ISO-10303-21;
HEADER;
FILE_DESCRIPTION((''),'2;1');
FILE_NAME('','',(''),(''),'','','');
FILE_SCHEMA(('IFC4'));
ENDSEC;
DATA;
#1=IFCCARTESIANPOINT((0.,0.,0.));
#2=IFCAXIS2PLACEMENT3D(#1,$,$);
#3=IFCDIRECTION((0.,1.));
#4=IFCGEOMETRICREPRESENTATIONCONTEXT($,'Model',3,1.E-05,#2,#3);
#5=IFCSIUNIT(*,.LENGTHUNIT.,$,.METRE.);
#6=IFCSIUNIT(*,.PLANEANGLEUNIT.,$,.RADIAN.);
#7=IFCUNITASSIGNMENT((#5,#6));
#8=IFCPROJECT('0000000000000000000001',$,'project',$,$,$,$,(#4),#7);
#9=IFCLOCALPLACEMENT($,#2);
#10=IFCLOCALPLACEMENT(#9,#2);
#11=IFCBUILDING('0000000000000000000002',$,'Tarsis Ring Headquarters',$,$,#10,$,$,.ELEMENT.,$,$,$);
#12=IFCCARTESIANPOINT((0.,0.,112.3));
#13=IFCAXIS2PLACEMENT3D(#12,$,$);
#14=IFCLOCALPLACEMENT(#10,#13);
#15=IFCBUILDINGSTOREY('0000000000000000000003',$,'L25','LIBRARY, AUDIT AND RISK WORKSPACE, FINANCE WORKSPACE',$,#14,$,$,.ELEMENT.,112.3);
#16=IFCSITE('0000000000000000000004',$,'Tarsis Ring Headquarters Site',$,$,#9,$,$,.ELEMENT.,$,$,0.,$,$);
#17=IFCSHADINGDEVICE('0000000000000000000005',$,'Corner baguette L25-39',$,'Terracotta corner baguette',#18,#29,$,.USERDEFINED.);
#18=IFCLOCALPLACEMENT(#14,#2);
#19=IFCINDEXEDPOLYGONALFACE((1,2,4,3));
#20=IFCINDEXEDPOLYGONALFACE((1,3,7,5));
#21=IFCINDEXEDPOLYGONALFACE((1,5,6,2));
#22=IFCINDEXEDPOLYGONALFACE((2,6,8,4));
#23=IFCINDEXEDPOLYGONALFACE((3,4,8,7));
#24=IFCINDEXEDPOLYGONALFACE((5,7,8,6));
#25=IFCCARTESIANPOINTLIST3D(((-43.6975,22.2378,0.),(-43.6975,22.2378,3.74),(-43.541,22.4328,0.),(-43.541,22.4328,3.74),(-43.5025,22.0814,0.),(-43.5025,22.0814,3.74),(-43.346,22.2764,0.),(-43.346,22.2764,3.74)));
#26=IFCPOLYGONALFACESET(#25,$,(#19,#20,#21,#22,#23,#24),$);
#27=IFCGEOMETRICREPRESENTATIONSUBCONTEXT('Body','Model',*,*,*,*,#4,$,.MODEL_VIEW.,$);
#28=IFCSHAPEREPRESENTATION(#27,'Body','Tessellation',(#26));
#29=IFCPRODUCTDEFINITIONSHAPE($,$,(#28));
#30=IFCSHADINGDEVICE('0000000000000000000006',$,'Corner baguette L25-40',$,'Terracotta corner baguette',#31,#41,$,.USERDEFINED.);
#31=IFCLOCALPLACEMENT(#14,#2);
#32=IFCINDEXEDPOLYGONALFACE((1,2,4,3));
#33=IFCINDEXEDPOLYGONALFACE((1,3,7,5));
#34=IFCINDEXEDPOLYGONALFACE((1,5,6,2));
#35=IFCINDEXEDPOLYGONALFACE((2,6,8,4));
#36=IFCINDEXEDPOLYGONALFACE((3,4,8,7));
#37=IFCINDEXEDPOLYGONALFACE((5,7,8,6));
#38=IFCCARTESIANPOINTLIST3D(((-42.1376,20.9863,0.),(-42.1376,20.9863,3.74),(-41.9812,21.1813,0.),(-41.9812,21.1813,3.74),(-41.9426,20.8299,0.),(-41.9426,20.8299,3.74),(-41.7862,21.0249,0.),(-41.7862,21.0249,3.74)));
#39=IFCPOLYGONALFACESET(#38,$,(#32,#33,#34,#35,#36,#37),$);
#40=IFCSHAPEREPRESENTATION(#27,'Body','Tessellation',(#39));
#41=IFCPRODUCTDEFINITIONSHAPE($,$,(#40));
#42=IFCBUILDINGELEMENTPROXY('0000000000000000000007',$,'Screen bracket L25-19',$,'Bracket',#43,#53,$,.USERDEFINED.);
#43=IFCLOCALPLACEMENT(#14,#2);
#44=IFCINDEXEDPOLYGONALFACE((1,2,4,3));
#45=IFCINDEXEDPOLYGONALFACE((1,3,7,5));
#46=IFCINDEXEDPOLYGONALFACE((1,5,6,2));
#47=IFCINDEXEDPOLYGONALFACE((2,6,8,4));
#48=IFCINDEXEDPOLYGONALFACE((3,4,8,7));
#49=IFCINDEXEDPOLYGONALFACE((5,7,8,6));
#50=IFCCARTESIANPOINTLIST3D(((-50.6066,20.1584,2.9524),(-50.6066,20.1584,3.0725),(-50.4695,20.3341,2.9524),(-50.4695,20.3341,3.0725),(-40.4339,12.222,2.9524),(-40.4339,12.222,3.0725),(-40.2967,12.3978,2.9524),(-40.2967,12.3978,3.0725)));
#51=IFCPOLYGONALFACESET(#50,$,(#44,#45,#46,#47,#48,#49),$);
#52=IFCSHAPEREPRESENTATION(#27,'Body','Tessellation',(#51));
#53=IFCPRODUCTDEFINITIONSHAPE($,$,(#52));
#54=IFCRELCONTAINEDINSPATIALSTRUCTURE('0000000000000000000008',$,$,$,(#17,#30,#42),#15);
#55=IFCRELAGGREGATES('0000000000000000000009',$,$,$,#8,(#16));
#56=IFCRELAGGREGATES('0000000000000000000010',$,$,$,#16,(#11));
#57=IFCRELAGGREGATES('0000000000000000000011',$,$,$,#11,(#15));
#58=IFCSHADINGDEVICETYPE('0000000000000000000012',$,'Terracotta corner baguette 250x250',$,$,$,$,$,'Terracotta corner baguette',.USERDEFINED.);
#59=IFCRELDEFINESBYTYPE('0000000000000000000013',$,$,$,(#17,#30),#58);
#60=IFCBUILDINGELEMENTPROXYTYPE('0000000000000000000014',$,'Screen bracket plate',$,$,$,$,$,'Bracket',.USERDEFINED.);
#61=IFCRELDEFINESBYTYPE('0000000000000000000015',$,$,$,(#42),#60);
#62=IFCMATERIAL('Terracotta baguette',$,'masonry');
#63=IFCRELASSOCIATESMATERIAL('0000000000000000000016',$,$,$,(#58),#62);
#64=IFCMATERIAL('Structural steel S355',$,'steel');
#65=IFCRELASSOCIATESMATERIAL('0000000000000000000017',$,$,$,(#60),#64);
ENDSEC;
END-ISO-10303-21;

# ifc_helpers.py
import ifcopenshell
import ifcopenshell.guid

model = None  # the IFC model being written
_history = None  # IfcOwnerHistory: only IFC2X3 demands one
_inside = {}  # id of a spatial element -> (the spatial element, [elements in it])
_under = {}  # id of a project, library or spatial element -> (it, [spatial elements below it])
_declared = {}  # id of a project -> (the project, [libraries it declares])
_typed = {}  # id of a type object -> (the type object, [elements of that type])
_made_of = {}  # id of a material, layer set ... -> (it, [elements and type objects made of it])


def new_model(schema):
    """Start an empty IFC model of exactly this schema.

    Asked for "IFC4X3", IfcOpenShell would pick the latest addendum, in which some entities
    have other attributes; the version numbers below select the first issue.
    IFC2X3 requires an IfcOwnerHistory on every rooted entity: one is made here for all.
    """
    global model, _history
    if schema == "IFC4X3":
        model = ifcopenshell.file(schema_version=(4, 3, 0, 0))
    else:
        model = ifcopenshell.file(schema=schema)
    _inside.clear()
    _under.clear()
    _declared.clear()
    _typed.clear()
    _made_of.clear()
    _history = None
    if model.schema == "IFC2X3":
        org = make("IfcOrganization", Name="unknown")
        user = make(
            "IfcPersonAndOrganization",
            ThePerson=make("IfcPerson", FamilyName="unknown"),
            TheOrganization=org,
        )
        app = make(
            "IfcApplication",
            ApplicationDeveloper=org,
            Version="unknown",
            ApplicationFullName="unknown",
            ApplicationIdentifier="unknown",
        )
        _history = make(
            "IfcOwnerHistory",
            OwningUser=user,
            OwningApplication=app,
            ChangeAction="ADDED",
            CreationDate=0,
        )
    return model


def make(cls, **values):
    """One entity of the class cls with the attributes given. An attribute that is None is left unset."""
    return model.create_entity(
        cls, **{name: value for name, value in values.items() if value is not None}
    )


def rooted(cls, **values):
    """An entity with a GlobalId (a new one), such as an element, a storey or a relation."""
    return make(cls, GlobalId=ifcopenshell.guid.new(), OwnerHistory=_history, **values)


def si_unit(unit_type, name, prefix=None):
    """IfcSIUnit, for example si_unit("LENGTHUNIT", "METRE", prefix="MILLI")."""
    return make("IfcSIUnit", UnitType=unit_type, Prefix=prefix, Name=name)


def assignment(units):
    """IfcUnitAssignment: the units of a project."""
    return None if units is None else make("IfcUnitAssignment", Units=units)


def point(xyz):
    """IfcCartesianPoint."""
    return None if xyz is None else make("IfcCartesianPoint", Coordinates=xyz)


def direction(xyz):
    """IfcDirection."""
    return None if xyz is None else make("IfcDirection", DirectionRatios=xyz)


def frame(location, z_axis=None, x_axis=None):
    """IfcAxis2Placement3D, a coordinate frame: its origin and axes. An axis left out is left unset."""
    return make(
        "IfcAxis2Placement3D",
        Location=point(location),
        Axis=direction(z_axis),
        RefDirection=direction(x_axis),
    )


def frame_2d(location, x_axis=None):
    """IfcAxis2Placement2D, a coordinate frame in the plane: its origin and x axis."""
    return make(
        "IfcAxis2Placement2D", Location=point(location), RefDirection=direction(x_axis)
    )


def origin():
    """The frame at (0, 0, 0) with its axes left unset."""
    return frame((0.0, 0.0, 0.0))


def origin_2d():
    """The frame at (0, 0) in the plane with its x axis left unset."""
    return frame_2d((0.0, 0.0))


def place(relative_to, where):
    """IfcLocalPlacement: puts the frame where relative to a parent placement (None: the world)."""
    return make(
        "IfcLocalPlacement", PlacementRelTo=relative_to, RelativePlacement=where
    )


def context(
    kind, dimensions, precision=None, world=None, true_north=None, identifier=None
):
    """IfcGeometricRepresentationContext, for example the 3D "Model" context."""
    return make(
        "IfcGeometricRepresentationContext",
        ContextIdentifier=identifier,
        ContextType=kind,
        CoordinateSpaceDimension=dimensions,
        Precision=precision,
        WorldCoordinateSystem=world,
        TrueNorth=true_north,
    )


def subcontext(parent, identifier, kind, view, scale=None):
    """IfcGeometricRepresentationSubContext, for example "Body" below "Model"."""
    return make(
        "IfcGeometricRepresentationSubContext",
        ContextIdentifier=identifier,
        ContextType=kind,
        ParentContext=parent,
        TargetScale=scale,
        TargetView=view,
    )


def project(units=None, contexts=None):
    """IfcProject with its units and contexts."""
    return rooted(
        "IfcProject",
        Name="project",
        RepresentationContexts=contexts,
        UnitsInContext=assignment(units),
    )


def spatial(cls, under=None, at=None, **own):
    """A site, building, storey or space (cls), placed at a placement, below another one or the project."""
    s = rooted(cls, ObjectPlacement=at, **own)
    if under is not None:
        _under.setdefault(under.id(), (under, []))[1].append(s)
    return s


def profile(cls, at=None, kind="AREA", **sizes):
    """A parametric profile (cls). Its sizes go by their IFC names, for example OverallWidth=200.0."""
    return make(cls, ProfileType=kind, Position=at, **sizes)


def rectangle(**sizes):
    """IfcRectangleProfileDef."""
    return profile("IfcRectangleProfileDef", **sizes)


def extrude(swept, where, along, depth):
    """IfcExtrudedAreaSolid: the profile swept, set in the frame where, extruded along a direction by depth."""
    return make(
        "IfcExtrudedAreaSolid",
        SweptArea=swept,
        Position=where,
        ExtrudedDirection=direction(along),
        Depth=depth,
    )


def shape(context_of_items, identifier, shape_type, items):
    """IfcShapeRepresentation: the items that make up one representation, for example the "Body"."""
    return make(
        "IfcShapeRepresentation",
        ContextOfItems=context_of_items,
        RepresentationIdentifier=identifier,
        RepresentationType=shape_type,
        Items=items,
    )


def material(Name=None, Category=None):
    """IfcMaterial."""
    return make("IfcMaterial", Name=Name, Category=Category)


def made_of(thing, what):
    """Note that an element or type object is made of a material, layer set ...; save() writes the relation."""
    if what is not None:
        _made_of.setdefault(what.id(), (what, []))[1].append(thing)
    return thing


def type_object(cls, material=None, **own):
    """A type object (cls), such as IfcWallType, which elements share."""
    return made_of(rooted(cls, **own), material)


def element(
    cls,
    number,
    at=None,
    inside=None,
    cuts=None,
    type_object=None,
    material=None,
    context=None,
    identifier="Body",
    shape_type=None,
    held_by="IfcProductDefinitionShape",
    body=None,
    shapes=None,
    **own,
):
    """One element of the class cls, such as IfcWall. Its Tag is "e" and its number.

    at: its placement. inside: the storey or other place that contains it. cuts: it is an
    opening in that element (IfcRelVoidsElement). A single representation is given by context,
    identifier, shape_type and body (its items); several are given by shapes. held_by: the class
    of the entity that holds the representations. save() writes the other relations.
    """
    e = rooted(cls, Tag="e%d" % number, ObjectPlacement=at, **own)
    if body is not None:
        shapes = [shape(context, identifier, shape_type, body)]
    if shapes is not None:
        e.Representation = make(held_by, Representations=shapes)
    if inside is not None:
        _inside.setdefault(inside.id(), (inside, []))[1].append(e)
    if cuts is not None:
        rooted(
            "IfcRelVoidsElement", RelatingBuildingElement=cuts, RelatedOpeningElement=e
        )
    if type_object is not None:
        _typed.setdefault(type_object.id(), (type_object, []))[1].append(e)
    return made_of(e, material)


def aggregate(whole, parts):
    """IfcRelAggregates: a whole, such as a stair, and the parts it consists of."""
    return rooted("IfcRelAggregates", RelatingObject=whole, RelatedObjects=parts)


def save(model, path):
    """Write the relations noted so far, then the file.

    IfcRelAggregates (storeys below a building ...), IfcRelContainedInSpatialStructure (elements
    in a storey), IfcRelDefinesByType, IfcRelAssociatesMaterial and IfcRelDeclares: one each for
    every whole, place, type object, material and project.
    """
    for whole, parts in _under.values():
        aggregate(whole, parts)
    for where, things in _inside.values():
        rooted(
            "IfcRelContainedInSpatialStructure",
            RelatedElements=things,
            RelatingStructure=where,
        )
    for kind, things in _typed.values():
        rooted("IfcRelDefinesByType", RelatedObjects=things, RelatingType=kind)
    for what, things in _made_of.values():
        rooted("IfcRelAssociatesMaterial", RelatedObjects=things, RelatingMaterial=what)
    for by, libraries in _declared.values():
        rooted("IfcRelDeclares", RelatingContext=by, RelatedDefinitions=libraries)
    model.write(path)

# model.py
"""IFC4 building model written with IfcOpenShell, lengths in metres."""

from ifc_helpers import new_model, si_unit, direction, frame, origin, origin_2d, place, context, subcontext, project, spatial, rectangle, extrude, material, type_object, element, save


model = new_model("IFC4")

# Units and contexts
model_context = context("Model", 3, precision=1e-05, world=origin(), true_north=direction((0.0, 1.0)))
body_context = subcontext(model_context, "Body", "Model", "MODEL_VIEW")
ifc_project = project(units=[si_unit("LENGTHUNIT", "METRE"), si_unit("PLANEANGLEUNIT", "RADIAN")], contexts=[model_context])

# Site, building, storey
site_placement = place(None, origin())
site = spatial("IfcSite", under=ifc_project, at=site_placement, Name="Tarsis Ring Headquarters Site", CompositionType="ELEMENT", RefElevation=0.0)
building_placement = place(site_placement, origin())
building = spatial("IfcBuilding", under=site, at=building_placement, Name="Tarsis Ring Headquarters", CompositionType="ELEMENT")
storey_placement = place(building_placement, frame((0.0, 0.0, 112.3)))
storey = spatial("IfcBuildingStorey", under=building, at=storey_placement, Name="L25", Description="LIBRARY, AUDIT AND RISK WORKSPACE, FINANCE WORKSPACE", CompositionType="ELEMENT", Elevation=112.3)

# Shared definitions
ifc_material_1 = material(Name="Structural steel S355", Category="steel")

# Shading devices
ifc_material_2 = material(Name="Terracotta baguette", Category="masonry")
shading_device_type_1 = type_object("IfcShadingDeviceType", Name="Terracotta corner baguette 250x250", ElementType="Terracotta corner baguette", PredefinedType="USERDEFINED", material=ifc_material_2)
for number, where, z_axis, x_axis, name in (
    (1, (-43.5217, 22.2571, 0.0), (0.0, 0.0, 1.0), (-0.625787, -0.779994, 0.0), "Corner baguette L25-39"),
    (2, (-41.9619, 21.0056, 0.0), (0.0, 0.0, 1.0), (0.779994, -0.625787, 0.0), "Corner baguette L25-40"),
):
    element("IfcShadingDevice", number, at=place(storey_placement, frame(where, z_axis=z_axis, x_axis=x_axis)), inside=storey, type_object=shading_device_type_1, Name=name, ObjectType="Terracotta corner baguette", PredefinedType="USERDEFINED", context=body_context, shape_type="SweptSolid", body=[
        extrude(rectangle(XDim=0.25, YDim=0.25, at=origin_2d()), origin(), (0.0, 0.0, 1.0), 3.74),
    ])

# Building element proxy
building_element_proxy_type = type_object("IfcBuildingElementProxyType", Name="Screen bracket plate", ElementType="Bracket", PredefinedType="USERDEFINED", material=ifc_material_1)
proxy_placement = place(storey_placement, frame((-45.4517, 16.2781, 2.9524), z_axis=(0.0, 0.0, 1.0), x_axis=(0.78844, -0.615111, 0.0)))
element("IfcBuildingElementProxy", 3, at=proxy_placement, inside=storey, type_object=building_element_proxy_type, Name="Screen bracket L25-19", ObjectType="Bracket", PredefinedType="USERDEFINED", context=body_context, shape_type="SweptSolid", body=[
    extrude(rectangle(XDim=12.9023, YDim=0.2229, at=origin_2d()), origin(), (0.0, 0.0, 1.0), 0.1201),
])

save(model, "model.ifc")
